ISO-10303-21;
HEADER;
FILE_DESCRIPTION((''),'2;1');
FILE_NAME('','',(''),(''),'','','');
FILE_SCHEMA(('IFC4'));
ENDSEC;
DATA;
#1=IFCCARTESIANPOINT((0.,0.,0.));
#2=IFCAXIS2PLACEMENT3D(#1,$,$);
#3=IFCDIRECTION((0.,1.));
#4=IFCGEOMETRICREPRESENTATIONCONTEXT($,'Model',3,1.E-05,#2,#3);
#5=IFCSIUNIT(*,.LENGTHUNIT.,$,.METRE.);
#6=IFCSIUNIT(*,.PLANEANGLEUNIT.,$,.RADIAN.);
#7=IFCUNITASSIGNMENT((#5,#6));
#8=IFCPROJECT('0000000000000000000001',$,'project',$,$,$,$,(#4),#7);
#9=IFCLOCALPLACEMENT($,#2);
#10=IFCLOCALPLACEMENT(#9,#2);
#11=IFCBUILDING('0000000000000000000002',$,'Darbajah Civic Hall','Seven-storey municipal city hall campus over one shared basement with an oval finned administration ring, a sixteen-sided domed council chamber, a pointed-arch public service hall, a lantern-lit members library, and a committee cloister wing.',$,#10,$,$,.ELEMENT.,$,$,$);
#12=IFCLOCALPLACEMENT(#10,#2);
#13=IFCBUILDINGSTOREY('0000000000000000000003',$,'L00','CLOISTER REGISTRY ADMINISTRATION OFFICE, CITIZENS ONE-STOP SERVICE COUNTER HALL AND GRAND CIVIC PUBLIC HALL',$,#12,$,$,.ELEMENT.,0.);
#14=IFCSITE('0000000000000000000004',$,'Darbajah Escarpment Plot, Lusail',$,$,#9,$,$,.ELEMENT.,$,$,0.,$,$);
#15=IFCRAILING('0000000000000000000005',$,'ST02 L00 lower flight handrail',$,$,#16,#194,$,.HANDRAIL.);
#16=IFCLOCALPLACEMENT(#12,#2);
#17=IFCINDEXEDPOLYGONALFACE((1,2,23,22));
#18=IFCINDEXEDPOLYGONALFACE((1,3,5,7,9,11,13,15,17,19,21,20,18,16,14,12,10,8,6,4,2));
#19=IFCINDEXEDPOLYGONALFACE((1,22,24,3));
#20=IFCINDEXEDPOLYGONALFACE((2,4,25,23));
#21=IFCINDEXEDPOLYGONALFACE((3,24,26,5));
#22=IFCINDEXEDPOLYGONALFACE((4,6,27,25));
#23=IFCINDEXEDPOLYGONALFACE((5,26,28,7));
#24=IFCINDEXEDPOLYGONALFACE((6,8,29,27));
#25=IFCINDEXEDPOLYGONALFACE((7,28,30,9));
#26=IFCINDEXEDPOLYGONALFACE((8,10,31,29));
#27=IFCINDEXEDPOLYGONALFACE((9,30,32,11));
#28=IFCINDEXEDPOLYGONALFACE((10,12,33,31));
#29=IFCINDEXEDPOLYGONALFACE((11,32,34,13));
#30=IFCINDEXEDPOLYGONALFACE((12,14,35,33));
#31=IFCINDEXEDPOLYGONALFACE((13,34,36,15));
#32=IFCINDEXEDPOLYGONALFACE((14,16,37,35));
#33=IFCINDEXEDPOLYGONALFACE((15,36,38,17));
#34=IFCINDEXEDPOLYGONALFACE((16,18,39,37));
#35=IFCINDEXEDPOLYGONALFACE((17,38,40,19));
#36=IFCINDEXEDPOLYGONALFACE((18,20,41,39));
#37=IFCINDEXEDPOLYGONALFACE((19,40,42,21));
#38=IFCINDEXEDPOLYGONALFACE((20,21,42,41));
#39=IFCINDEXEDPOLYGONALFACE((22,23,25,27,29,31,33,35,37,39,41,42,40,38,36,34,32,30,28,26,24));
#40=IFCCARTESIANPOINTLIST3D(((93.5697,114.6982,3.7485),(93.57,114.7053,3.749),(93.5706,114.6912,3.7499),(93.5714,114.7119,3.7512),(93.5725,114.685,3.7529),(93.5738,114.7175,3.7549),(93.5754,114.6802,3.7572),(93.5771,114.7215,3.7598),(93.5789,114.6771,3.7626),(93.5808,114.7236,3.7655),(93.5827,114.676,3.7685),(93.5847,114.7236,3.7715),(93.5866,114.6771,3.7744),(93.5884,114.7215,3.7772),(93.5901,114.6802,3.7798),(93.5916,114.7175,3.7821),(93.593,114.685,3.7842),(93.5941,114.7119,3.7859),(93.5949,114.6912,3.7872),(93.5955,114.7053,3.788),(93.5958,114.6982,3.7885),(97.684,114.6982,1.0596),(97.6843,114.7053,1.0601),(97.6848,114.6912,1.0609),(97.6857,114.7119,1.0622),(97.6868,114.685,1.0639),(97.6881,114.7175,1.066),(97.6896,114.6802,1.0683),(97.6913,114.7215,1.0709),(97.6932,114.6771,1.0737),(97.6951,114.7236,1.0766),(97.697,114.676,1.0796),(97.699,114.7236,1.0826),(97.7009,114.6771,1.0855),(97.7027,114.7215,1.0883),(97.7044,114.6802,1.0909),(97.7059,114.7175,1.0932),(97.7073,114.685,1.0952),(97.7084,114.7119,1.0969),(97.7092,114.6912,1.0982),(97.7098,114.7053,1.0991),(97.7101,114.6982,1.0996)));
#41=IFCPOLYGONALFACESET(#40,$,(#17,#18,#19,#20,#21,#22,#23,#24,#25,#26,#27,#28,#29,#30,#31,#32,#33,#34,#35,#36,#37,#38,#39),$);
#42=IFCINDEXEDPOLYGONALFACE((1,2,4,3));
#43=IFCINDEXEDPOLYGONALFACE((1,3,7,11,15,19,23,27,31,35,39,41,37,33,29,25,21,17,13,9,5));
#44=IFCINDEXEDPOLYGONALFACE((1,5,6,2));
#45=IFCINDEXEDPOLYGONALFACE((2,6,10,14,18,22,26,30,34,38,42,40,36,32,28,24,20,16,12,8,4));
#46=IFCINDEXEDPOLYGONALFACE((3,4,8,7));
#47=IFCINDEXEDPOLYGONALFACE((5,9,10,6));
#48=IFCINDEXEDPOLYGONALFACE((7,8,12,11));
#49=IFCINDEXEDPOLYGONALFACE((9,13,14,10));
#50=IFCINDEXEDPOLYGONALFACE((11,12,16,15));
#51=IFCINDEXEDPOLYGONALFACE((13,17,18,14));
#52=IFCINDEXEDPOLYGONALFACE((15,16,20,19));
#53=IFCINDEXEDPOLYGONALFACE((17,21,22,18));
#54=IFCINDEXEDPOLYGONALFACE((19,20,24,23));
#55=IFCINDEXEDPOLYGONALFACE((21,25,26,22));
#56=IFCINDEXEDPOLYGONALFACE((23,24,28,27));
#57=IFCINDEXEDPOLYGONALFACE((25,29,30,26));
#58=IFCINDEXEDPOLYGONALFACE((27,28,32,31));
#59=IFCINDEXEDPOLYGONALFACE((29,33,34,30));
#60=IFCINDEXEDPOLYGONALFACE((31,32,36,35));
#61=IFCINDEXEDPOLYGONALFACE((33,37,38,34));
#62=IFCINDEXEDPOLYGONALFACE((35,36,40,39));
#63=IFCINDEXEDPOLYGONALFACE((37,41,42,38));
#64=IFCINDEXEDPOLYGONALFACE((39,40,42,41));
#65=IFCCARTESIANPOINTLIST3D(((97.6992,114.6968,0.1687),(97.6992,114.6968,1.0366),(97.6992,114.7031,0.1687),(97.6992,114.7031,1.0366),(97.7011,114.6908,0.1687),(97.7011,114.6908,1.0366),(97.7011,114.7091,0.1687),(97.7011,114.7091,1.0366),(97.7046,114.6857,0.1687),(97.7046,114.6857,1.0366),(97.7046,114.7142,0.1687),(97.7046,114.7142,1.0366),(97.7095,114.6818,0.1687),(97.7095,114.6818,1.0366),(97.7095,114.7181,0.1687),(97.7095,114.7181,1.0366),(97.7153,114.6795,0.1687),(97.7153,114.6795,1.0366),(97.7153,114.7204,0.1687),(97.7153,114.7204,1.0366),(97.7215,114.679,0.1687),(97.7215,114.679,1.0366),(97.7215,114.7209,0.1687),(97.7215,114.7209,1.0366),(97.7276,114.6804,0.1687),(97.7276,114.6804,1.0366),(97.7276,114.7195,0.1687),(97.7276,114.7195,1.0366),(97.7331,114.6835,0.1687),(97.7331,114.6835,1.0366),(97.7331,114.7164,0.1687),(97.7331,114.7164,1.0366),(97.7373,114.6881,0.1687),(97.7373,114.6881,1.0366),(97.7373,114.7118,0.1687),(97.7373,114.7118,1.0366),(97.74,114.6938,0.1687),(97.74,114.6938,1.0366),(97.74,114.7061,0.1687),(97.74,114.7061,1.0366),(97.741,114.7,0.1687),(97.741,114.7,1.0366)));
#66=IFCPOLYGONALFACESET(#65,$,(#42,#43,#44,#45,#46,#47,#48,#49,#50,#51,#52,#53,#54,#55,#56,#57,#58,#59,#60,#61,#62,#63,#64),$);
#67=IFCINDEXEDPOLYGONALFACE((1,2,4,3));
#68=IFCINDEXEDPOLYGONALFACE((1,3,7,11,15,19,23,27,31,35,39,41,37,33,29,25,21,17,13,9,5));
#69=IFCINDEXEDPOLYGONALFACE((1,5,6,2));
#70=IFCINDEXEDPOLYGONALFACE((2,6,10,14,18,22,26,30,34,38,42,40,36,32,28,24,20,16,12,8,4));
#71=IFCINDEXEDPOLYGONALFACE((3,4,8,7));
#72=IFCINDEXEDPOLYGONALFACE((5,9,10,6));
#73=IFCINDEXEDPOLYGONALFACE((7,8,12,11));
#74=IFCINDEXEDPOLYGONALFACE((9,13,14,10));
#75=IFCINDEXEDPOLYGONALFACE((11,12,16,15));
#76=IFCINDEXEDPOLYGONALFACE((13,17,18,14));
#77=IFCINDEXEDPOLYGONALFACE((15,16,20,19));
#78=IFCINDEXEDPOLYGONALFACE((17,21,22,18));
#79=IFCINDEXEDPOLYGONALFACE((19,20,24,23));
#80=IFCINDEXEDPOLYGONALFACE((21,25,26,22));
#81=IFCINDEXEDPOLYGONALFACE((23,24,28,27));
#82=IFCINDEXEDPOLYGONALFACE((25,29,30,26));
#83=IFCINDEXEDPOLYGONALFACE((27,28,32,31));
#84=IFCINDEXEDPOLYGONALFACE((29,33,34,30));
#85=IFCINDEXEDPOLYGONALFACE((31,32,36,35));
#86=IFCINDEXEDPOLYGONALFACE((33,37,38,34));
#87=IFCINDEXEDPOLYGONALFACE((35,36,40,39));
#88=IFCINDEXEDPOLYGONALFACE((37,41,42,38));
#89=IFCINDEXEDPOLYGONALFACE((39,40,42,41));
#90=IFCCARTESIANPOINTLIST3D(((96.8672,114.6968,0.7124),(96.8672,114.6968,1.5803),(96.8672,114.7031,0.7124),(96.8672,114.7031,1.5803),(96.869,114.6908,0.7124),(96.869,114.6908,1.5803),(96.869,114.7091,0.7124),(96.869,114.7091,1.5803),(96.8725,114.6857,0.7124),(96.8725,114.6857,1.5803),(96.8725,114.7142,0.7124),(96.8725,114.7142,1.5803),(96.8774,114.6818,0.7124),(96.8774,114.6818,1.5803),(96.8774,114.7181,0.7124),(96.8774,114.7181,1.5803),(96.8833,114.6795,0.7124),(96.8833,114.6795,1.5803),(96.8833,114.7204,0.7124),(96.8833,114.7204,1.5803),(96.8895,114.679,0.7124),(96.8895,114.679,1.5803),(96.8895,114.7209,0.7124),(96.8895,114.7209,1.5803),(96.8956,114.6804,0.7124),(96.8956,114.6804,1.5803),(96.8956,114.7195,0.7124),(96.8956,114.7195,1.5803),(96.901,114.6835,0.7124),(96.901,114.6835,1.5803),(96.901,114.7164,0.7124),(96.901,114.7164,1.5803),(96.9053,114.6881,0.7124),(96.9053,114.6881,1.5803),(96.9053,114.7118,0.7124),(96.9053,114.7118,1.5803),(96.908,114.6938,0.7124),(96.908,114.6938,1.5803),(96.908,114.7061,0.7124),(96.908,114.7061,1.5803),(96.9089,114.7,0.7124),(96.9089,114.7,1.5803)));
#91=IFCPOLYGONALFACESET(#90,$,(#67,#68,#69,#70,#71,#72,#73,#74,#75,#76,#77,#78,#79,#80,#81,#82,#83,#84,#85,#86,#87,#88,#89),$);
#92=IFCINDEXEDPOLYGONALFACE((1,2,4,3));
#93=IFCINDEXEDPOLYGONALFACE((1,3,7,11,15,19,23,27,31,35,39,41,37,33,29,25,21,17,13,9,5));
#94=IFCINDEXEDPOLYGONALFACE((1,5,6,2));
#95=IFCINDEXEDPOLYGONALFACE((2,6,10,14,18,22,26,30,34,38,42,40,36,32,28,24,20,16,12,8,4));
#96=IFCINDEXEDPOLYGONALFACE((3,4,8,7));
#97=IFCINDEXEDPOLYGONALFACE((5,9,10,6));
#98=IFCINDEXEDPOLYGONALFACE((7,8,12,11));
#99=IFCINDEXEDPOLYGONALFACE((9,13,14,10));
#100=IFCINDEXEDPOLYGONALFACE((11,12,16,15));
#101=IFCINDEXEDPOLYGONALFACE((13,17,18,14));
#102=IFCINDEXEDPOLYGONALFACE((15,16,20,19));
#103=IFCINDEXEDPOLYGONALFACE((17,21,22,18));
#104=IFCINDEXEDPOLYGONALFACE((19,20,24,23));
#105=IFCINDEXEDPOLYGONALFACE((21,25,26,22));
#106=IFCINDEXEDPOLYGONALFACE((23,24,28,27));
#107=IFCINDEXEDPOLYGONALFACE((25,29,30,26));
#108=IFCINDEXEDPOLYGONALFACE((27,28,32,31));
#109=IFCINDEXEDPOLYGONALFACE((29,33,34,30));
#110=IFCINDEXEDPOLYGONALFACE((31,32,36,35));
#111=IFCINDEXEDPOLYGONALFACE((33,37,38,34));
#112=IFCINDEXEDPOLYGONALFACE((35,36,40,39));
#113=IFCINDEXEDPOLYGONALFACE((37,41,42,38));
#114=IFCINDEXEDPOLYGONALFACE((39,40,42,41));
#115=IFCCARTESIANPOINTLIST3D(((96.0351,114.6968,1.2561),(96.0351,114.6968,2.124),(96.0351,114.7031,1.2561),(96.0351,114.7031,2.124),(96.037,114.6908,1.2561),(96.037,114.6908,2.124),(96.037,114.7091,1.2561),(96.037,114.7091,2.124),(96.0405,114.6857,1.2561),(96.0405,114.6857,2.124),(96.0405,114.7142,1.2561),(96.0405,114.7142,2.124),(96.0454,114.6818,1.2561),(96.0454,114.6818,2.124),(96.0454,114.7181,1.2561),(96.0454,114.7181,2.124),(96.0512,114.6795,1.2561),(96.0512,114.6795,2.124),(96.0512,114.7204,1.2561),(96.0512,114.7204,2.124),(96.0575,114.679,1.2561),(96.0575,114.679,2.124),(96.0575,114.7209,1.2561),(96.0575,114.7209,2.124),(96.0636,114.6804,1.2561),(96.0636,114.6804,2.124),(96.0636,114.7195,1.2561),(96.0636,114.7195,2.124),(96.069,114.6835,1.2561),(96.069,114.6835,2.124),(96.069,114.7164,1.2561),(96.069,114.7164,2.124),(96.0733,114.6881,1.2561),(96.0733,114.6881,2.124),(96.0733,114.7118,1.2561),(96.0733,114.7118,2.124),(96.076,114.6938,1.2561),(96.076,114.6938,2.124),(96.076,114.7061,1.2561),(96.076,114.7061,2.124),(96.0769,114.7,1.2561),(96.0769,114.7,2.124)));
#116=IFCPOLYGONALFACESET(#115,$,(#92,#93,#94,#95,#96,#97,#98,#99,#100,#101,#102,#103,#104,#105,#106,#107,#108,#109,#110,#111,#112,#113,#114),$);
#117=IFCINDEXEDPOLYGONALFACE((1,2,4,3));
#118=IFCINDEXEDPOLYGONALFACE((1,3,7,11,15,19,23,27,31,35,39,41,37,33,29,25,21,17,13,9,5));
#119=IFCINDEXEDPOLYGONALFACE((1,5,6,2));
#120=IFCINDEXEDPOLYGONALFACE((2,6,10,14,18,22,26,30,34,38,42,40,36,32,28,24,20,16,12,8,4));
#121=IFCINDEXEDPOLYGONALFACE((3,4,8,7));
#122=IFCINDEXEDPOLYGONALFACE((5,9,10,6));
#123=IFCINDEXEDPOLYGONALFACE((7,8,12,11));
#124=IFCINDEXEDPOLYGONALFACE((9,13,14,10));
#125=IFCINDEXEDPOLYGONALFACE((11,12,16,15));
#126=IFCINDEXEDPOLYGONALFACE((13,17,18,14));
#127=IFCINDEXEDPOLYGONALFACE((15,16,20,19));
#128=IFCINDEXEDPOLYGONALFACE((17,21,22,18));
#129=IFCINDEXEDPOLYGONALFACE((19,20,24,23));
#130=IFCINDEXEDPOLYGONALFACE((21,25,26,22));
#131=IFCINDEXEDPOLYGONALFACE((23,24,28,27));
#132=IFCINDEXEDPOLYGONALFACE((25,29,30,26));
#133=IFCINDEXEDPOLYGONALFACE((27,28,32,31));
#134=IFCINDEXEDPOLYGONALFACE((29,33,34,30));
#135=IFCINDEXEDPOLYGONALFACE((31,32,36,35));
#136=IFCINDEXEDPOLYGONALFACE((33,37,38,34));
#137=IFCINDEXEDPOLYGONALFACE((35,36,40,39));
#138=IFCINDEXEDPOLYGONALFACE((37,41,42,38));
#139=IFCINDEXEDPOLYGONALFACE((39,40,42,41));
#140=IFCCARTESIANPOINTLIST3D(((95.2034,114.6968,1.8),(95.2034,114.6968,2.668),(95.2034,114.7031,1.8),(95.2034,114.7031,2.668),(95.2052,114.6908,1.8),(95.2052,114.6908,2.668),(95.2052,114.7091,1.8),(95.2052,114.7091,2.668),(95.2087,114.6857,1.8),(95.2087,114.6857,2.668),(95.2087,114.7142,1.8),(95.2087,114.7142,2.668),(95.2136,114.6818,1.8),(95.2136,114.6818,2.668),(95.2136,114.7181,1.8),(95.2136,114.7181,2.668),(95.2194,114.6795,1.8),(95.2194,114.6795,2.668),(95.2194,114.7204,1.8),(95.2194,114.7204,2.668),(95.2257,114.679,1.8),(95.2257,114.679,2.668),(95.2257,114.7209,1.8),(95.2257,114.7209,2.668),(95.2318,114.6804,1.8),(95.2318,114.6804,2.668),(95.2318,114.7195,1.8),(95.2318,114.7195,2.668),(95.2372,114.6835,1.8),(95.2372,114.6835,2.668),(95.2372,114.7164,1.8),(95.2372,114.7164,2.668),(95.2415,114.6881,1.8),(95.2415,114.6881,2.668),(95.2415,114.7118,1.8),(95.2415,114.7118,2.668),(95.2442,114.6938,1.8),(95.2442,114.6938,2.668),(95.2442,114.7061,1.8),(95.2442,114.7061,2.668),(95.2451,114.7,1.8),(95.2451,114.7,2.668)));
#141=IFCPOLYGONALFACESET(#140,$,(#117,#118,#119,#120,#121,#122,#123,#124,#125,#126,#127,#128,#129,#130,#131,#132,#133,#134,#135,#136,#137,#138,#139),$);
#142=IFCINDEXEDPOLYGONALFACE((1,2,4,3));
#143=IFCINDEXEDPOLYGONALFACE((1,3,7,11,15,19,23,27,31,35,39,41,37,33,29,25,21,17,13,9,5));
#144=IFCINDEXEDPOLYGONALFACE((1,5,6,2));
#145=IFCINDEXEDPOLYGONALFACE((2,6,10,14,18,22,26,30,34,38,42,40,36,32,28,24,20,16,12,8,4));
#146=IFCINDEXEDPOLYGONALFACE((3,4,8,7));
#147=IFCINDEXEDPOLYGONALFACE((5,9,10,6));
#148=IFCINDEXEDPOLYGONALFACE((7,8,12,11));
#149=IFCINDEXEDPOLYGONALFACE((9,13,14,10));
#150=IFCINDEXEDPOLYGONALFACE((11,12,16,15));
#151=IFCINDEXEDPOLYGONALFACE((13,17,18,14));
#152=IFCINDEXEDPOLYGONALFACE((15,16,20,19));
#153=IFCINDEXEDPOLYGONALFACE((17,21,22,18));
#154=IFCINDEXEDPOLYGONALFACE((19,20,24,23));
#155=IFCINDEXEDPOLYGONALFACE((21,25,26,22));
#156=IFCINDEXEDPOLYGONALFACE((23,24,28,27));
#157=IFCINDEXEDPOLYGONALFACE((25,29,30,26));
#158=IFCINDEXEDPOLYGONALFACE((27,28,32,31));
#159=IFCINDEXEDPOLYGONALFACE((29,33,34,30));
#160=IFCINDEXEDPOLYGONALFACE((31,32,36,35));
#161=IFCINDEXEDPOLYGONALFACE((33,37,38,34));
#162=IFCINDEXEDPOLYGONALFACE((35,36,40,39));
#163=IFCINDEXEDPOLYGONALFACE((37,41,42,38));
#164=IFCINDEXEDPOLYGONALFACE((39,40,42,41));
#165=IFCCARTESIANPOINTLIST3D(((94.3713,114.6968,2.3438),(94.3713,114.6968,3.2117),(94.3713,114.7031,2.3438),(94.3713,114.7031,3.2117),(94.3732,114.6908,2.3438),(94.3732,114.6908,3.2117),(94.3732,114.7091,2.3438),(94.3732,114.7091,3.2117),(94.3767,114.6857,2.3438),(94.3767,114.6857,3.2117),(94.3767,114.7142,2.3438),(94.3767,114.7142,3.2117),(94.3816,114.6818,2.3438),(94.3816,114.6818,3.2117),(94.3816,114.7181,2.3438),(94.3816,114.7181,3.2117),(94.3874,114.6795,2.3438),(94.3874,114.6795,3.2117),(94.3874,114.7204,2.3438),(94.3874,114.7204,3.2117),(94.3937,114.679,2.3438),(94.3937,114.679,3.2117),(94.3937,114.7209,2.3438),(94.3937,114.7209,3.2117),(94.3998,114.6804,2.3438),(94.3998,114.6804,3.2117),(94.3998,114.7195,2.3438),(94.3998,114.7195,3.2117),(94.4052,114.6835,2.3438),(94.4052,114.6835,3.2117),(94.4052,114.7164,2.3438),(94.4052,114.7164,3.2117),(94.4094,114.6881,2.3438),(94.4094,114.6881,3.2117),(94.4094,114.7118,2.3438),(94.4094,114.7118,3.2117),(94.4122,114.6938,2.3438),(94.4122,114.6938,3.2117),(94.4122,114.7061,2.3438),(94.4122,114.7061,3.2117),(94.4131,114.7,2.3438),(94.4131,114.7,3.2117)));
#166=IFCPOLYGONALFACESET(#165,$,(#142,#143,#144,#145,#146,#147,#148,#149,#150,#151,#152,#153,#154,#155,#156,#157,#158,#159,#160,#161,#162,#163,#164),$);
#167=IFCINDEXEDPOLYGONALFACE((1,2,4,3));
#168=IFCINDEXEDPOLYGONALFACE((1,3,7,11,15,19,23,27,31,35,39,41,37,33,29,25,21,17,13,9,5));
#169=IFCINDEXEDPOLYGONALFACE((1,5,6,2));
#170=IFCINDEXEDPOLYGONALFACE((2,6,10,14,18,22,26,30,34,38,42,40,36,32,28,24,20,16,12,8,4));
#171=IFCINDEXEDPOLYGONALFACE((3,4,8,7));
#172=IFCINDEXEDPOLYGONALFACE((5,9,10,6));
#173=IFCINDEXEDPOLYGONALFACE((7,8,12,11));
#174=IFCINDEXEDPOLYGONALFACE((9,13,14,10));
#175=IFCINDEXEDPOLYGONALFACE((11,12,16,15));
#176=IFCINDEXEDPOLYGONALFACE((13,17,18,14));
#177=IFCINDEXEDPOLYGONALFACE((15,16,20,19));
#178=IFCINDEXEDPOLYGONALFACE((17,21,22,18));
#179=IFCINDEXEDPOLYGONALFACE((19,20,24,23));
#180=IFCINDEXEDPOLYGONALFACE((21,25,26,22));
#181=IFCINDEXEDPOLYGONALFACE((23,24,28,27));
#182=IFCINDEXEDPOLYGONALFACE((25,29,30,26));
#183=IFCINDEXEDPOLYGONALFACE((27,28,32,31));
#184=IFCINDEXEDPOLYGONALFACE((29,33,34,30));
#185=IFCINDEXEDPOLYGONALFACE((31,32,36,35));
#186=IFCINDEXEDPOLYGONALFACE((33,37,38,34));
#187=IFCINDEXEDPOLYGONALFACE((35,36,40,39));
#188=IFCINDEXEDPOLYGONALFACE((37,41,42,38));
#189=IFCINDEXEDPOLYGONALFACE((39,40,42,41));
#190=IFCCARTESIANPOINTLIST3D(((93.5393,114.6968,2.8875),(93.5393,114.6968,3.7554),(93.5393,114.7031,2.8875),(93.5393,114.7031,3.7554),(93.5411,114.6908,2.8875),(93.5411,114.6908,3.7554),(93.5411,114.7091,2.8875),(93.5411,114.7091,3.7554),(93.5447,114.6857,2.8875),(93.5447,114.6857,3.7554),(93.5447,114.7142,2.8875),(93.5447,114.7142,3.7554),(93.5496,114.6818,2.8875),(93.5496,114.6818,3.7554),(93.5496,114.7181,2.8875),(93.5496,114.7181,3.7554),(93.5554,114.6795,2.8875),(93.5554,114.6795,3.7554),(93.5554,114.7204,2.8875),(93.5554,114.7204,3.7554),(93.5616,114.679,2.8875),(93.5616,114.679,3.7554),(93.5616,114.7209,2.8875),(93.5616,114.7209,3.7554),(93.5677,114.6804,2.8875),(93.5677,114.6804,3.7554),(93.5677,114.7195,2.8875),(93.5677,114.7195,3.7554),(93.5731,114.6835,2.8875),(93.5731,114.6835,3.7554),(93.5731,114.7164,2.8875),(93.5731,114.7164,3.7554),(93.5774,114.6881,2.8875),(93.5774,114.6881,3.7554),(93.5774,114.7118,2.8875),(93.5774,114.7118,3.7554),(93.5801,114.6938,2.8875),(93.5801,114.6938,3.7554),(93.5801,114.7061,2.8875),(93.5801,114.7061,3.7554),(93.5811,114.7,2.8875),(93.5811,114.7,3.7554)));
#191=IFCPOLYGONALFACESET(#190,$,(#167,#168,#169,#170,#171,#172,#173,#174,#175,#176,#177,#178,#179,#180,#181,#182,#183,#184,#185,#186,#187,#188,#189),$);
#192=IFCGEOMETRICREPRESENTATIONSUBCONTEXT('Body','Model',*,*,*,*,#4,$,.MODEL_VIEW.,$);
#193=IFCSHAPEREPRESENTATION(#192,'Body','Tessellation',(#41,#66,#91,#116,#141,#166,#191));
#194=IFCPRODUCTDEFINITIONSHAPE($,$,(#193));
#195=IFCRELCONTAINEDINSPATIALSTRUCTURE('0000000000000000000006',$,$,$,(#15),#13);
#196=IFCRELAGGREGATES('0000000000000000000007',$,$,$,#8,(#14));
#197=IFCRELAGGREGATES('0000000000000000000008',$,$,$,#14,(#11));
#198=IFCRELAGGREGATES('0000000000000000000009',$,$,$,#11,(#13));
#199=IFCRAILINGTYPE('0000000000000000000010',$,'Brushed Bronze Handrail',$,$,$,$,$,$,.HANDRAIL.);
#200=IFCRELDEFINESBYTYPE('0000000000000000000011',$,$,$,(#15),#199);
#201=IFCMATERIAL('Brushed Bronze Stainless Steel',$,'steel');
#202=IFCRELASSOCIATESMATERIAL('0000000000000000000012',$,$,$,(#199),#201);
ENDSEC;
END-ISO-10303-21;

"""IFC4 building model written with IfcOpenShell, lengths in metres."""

from ifc_helpers import new_model, si_unit, direction, frame, origin, origin_2d, place, context, subcontext, project, spatial, circle, extrude, material, type_object, element, save


model = new_model("IFC4")

# Units and contexts
model_context = context("Model", 3, precision=1e-05, world=origin(), true_north=direction((0.0, 1.0)))
body_context = subcontext(model_context, "Body", "Model", "MODEL_VIEW")
ifc_project = project(units=[si_unit("LENGTHUNIT", "METRE"), si_unit("PLANEANGLEUNIT", "RADIAN")], contexts=[model_context])

# Site, building, storey
site_placement = place(None, origin())
site = spatial("IfcSite", under=ifc_project, at=site_placement, Name="Darbajah Escarpment Plot, Lusail", CompositionType="ELEMENT", RefElevation=0.0)
building_placement = place(site_placement, origin())
building = spatial("IfcBuilding", under=site, at=building_placement, Name="Darbajah Civic Hall", Description="Seven-storey municipal city hall campus over one shared basement with an oval finned administration ring, a sixteen-sided domed council chamber, a pointed-arch public service hall, a lantern-lit members library, and a committee cloister wing.", CompositionType="ELEMENT")
storey_placement = place(building_placement, origin())
storey = spatial("IfcBuildingStorey", under=building, at=storey_placement, Name="L00", Description="CLOISTER REGISTRY ADMINISTRATION OFFICE, CITIZENS ONE-STOP SERVICE COUNTER HALL AND GRAND CIVIC PUBLIC HALL", CompositionType="ELEMENT", Elevation=0.0)

# Railing
ifc_material_1 = material(Name="Brushed Bronze Stainless Steel", Category="steel")
railing_type_1 = type_object("IfcRailingType", Name="Brushed Bronze Handrail", PredefinedType="HANDRAIL", material=ifc_material_1)
for number, where, name in (
    (1, (97.72, 114.7, 0.1687), "ST02 L00 lower flight handrail"),
):
    element("IfcRailing", number, at=place(storey_placement, frame(where)), inside=storey, type_object=railing_type_1, Name=name, PredefinedType="HANDRAIL", context=body_context, shape_type="SweptSolid", body=[
        extrude(circle(Radius=0.0239, at=origin_2d()), frame((-0.0229, 0.0, 0.9109), z_axis=(-0.83708, 0.0, 0.547081), x_axis=(0.0, -1.0, 0.0)), (0.0, 0.0, 1.0), 4.915),
        extrude(circle(Radius=0.021, at=origin_2d()), origin(), (0.0, 0.0, 1.0), 0.8679),
        extrude(circle(Radius=0.021, at=origin_2d()), frame((-0.832, 0.0, 0.5437)), (0.0, 0.0, 1.0), 0.8679),
        extrude(circle(Radius=0.021, at=origin_2d()), frame((-1.6641, 0.0, 1.0874)), (0.0, 0.0, 1.0), 0.8679),
        extrude(circle(Radius=0.021, at=origin_2d()), frame((-2.4958, 0.0, 1.6313)), (0.0, 0.0, 1.0), 0.8679),
        extrude(circle(Radius=0.021, at=origin_2d()), frame((-3.3279, 0.0, 2.175)), (0.0, 0.0, 1.0), 0.8679),
        extrude(circle(Radius=0.021, at=origin_2d()), frame((-4.1599, 0.0, 2.7188)), (0.0, 0.0, 1.0), 0.8679),
    ])

save(model, "model.ifc")
